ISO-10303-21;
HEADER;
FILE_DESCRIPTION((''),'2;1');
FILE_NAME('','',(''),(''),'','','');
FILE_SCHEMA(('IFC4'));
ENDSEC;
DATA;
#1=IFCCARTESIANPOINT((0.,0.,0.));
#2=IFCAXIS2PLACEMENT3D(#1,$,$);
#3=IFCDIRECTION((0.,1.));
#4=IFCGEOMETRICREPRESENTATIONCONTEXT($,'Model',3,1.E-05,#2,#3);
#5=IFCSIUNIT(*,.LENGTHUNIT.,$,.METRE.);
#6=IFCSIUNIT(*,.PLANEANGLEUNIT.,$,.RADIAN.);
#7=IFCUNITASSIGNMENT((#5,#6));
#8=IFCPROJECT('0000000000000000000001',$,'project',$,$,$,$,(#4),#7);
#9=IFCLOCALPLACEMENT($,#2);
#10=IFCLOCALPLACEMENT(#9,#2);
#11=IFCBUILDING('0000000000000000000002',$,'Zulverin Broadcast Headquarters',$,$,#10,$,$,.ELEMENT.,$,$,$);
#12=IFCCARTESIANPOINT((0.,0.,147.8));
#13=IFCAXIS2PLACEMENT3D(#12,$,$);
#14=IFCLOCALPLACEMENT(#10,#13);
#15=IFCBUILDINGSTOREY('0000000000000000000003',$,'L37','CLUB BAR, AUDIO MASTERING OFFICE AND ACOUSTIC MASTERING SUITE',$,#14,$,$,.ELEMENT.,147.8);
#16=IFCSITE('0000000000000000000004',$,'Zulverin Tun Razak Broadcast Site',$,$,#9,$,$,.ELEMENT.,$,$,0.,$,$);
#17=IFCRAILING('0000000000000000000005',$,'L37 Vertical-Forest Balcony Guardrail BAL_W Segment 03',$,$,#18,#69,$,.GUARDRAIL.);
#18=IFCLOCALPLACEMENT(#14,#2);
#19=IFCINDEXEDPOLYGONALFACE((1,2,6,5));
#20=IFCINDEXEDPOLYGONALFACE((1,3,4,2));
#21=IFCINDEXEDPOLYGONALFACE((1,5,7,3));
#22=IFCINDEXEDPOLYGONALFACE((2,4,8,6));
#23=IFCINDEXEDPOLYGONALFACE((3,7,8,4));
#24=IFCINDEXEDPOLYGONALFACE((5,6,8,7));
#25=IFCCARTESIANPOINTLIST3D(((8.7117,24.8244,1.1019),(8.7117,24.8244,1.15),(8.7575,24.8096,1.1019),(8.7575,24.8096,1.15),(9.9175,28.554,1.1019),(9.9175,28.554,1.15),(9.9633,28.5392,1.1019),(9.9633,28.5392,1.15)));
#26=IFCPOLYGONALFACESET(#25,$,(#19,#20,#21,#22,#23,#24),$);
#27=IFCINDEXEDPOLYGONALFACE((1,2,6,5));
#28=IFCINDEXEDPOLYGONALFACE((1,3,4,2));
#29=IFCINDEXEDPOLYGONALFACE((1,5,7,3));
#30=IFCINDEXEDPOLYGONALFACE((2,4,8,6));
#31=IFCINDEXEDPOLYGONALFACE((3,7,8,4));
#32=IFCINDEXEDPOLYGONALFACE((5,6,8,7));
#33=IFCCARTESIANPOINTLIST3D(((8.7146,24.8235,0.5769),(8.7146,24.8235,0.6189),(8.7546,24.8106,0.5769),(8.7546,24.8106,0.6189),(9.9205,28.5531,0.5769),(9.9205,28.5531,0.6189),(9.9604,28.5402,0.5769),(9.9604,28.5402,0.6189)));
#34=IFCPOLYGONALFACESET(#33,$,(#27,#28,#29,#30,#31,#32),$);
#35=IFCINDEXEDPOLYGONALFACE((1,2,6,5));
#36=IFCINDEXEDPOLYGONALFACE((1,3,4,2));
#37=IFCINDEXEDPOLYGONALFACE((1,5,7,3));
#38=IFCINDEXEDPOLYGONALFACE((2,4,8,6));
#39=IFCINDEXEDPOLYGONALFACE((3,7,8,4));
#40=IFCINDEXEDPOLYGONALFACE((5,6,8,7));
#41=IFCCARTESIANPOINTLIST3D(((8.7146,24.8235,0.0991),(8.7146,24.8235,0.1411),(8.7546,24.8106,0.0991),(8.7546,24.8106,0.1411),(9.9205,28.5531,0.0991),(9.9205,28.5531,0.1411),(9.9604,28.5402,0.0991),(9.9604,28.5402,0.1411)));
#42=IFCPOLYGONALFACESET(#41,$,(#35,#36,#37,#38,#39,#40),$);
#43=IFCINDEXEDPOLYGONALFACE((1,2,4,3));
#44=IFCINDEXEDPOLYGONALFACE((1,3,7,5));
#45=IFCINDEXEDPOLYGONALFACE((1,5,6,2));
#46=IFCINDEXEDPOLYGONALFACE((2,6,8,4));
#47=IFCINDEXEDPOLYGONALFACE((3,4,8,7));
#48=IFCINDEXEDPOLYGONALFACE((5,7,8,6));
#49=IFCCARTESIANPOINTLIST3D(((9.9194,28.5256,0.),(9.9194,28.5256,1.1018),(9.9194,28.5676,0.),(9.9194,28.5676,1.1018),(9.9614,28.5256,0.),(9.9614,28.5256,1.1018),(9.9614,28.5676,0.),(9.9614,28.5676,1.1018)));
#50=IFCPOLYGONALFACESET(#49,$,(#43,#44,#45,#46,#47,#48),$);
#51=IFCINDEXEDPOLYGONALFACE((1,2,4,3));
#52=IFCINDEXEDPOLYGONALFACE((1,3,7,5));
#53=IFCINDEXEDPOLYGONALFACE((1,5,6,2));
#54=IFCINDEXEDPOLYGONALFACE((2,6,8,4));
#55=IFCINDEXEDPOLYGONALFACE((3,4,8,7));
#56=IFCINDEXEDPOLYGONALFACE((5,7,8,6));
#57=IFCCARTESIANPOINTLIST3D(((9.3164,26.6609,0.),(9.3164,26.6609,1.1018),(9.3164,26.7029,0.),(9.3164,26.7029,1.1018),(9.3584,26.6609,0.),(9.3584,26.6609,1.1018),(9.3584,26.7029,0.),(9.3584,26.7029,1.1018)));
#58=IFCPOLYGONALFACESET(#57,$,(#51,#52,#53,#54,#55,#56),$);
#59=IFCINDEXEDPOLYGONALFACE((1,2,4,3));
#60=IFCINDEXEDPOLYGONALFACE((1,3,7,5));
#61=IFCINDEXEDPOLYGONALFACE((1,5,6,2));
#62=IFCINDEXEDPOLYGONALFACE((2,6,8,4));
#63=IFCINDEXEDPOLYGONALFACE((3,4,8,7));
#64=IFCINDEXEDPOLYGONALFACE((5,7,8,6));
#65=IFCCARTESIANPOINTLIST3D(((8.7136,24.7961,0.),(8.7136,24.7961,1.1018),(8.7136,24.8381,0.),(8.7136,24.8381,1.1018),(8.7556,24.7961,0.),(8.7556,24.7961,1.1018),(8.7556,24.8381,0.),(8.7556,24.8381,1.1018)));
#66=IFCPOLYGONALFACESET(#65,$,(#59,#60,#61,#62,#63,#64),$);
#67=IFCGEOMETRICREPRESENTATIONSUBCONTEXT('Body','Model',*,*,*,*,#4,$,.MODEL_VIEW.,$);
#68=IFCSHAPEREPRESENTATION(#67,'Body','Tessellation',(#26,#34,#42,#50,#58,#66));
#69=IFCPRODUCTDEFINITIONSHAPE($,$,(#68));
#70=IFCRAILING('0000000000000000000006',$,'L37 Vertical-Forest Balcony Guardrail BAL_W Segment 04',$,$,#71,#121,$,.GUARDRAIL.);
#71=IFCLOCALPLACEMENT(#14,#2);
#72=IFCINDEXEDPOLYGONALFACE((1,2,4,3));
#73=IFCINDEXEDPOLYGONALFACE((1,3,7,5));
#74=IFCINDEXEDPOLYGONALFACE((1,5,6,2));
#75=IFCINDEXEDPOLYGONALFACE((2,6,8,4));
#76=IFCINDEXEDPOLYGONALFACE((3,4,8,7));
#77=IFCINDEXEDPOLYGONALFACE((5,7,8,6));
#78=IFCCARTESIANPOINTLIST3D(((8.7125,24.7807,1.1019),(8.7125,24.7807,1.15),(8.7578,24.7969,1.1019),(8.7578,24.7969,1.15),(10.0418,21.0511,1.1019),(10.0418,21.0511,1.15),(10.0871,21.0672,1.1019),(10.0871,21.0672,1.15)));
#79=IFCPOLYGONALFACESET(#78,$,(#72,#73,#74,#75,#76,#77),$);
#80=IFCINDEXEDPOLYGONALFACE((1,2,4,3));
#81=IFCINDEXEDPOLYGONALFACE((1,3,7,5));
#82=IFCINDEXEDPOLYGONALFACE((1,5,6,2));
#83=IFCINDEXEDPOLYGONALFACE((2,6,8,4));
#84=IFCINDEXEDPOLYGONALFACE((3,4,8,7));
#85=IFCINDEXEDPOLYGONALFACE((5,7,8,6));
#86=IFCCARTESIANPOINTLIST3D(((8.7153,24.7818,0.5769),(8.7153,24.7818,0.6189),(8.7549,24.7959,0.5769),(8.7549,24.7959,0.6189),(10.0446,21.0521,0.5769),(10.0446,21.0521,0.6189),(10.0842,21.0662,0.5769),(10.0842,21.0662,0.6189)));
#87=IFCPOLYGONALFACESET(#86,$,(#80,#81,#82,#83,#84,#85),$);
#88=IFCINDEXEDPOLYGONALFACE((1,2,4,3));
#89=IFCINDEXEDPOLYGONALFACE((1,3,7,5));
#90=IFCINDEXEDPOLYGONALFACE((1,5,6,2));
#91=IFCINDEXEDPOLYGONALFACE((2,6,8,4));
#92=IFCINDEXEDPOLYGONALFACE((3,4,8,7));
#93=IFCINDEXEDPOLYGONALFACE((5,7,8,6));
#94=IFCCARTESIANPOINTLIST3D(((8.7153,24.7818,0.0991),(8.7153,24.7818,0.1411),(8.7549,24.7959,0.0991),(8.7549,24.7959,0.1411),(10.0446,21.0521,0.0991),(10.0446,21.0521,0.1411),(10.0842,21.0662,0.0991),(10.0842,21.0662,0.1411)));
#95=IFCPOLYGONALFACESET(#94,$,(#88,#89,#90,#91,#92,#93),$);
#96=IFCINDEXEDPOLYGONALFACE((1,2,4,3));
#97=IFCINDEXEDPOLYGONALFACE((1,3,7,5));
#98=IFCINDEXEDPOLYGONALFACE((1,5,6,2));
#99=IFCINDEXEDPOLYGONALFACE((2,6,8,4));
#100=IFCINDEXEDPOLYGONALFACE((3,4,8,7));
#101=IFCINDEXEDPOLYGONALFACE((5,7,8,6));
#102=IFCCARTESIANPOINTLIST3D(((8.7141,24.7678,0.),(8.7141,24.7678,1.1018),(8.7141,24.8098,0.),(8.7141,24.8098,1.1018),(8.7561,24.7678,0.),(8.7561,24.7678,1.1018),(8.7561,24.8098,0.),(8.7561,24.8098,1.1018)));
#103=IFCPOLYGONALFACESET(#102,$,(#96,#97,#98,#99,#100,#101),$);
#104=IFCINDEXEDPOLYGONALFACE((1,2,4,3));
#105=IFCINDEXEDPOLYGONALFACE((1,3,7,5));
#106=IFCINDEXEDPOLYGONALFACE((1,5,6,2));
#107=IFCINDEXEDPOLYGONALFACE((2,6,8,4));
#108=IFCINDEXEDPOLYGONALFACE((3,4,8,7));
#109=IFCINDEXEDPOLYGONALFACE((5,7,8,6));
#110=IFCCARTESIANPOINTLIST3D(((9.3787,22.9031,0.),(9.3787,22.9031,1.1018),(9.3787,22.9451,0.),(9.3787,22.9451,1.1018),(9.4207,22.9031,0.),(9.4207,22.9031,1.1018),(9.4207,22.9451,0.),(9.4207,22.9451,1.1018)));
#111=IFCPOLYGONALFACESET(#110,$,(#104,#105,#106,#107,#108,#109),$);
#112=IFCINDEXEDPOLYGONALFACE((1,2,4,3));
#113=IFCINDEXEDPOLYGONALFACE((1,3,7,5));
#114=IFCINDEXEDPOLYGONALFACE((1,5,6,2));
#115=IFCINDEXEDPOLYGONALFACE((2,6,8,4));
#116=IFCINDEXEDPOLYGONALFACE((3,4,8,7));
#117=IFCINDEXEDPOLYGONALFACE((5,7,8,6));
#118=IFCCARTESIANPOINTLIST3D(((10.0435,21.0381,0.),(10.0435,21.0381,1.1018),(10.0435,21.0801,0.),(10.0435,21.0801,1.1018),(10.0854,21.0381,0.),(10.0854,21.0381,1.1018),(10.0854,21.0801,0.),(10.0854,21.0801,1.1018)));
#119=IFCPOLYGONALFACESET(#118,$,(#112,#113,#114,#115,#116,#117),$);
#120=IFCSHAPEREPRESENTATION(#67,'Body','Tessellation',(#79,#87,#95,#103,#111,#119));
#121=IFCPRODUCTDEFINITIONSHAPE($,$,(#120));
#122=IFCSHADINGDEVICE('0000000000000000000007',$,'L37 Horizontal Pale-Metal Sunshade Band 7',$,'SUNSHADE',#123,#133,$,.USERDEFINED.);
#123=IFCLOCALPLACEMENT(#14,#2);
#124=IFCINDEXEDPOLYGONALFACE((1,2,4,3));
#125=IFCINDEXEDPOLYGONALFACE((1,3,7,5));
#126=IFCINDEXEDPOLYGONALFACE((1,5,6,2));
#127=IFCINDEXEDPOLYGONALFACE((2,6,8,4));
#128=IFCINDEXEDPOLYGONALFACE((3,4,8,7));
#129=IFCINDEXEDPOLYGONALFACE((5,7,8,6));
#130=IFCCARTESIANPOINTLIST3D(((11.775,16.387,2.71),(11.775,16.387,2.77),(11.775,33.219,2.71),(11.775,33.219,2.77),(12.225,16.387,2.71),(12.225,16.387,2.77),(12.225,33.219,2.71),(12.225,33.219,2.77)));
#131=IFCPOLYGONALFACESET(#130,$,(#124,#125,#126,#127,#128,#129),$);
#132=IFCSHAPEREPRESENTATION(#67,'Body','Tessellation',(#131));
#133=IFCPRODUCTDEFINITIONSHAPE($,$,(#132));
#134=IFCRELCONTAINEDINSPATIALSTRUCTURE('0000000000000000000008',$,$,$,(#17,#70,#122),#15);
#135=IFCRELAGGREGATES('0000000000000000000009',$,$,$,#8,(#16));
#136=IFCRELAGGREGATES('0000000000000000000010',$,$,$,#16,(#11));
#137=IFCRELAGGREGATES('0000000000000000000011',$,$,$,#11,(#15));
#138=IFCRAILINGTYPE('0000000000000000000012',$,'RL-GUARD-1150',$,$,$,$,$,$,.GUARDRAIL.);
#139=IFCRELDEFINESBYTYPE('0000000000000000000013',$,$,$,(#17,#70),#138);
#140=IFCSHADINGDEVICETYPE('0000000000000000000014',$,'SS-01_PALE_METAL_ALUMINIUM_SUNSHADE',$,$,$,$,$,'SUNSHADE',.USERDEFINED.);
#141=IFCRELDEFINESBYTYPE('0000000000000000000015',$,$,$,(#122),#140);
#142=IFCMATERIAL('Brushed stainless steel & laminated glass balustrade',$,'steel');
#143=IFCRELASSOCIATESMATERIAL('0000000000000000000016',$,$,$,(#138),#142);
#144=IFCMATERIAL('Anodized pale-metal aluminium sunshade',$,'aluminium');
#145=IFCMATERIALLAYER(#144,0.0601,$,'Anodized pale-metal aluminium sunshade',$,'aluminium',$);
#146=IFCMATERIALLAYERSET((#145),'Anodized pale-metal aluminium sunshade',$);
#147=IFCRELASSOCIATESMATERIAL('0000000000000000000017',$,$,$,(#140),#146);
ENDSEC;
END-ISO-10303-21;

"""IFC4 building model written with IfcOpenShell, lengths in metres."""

from ifc_helpers import new_model, si_unit, direction, frame, origin, origin_2d, place, context, subcontext, project, spatial, rectangle, extrude, material, layer, layer_set, type_object, element, save


model = new_model("IFC4")

# Units and contexts
model_context = context("Model", 3, precision=1e-05, world=origin(), true_north=direction((0.0, 1.0)))
body_context = subcontext(model_context, "Body", "Model", "MODEL_VIEW")
ifc_project = project(units=[si_unit("LENGTHUNIT", "METRE"), si_unit("PLANEANGLEUNIT", "RADIAN")], contexts=[model_context])

# Site, building, storey
site_placement = place(None, origin())
site = spatial("IfcSite", under=ifc_project, at=site_placement, Name="Zulverin Tun Razak Broadcast Site", CompositionType="ELEMENT", RefElevation=0.0)
building_placement = place(site_placement, origin())
building = spatial("IfcBuilding", under=site, at=building_placement, Name="Zulverin Broadcast Headquarters", CompositionType="ELEMENT")
storey_placement = place(building_placement, frame((0.0, 0.0, 147.8)))
storey = spatial("IfcBuildingStorey", under=building, at=storey_placement, Name="L37", Description="CLUB BAR, AUDIO MASTERING OFFICE AND ACOUSTIC MASTERING SUITE", CompositionType="ELEMENT", Elevation=147.8)

# Railings
ifc_material_1 = material(Name="Brushed stainless steel & laminated glass balustrade", Category="steel")
railing_type = type_object("IfcRailingType", Name="RL-GUARD-1150", PredefinedType="GUARDRAIL", material=ifc_material_1)
railing_1_placement = place(storey_placement, frame((9.9404, 28.5466, 0.0)))
element("IfcRailing", 1, at=railing_1_placement, inside=storey, type_object=railing_type, Name="L37 Vertical-Forest Balcony Guardrail BAL_W Segment 03", PredefinedType="GUARDRAIL", context=body_context, shape_type="SweptSolid", body=[
    extrude(rectangle(XDim=0.0481, YDim=0.0481, at=origin_2d()), frame((0.0, 0.0, 1.126), z_axis=(-0.307638, -0.951504, 0.0), x_axis=(0.951504, -0.307638, 0.0)), (0.0, 0.0, 1.0), 3.9197),
    extrude(rectangle(XDim=0.042, YDim=0.042, at=origin_2d()), frame((0.0, 0.0, 0.5979), z_axis=(-0.307638, -0.951504, 0.0), x_axis=(0.951504, -0.307638, 0.0)), (0.0, 0.0, 1.0), 3.9197),
    extrude(rectangle(XDim=0.042, YDim=0.042, at=origin_2d()), frame((0.0, 0.0, 0.1201), z_axis=(-0.307638, -0.951504, 0.0), x_axis=(0.951504, -0.307638, 0.0)), (0.0, 0.0, 1.0), 3.9197),
    extrude(rectangle(XDim=0.042, YDim=0.042, at=origin_2d()), origin(), (0.0, 0.0, 1.0), 1.1018),
    extrude(rectangle(XDim=0.042, YDim=0.042, at=origin_2d()), frame((-0.603, -1.8647, 0.0)), (0.0, 0.0, 1.0), 1.1018),
    extrude(rectangle(XDim=0.042, YDim=0.042, at=origin_2d()), frame((-1.2058, -3.7295, 0.0)), (0.0, 0.0, 1.0), 1.1018),
])
railing_2_placement = place(storey_placement, frame((8.7351, 24.7888, 0.0)))
element("IfcRailing", 2, at=railing_2_placement, inside=storey, type_object=railing_type, Name="L37 Vertical-Forest Balcony Guardrail BAL_W Segment 04", PredefinedType="GUARDRAIL", context=body_context, shape_type="SweptSolid", body=[
    extrude(rectangle(XDim=0.0481, YDim=0.0481, at=origin_2d()), frame((0.0, 0.0, 1.126), z_axis=(0.335731, -0.941958, 0.0), x_axis=(0.941958, 0.335731, 0.0)), (0.0, 0.0, 1.0), 3.9595),
    extrude(rectangle(XDim=0.042, YDim=0.042, at=origin_2d()), frame((0.0, 0.0, 0.5979), z_axis=(0.335731, -0.941958, 0.0), x_axis=(0.941958, 0.335731, 0.0)), (0.0, 0.0, 1.0), 3.9595),
    extrude(rectangle(XDim=0.042, YDim=0.042, at=origin_2d()), frame((0.0, 0.0, 0.1201), z_axis=(0.335731, -0.941958, 0.0), x_axis=(0.941958, 0.335731, 0.0)), (0.0, 0.0, 1.0), 3.9595),
    extrude(rectangle(XDim=0.042, YDim=0.042, at=origin_2d()), origin(), (0.0, 0.0, 1.0), 1.1018),
    extrude(rectangle(XDim=0.042, YDim=0.042, at=origin_2d()), frame((0.6646, -1.8647, 0.0)), (0.0, 0.0, 1.0), 1.1018),
    extrude(rectangle(XDim=0.042, YDim=0.042, at=origin_2d()), frame((1.3293, -3.7297, 0.0)), (0.0, 0.0, 1.0), 1.1018),
])

# Shading device
ifc_material_2 = material(Name="Anodized pale-metal aluminium sunshade", Category="aluminium")
ifc_layer_1 = layer(ifc_material_2, 0.0601, Name="Anodized pale-metal aluminium sunshade", Category="aluminium")
ifc_layer_set_1 = layer_set([ifc_layer_1], Name="Anodized pale-metal aluminium sunshade")
shading_device_type = type_object("IfcShadingDeviceType", Name="SS-01_PALE_METAL_ALUMINIUM_SUNSHADE", ElementType="SUNSHADE", PredefinedType="USERDEFINED", material=ifc_layer_set_1)
shading_device_placement = place(storey_placement, frame((12.0, 24.803, 2.71), z_axis=(0.0, 0.0, 1.0), x_axis=(0.0, -1.0, 0.0)))
element("IfcShadingDevice", 3, at=shading_device_placement, inside=storey, type_object=shading_device_type, Name="L37 Horizontal Pale-Metal Sunshade Band 7", ObjectType="SUNSHADE", PredefinedType="USERDEFINED", context=body_context, shape_type="SweptSolid", body=[
    extrude(rectangle(XDim=16.832, YDim=0.45, at=origin_2d()), origin(), (0.0, 0.0, 1.0), 0.0601),
])

save(model, "model.ifc")
